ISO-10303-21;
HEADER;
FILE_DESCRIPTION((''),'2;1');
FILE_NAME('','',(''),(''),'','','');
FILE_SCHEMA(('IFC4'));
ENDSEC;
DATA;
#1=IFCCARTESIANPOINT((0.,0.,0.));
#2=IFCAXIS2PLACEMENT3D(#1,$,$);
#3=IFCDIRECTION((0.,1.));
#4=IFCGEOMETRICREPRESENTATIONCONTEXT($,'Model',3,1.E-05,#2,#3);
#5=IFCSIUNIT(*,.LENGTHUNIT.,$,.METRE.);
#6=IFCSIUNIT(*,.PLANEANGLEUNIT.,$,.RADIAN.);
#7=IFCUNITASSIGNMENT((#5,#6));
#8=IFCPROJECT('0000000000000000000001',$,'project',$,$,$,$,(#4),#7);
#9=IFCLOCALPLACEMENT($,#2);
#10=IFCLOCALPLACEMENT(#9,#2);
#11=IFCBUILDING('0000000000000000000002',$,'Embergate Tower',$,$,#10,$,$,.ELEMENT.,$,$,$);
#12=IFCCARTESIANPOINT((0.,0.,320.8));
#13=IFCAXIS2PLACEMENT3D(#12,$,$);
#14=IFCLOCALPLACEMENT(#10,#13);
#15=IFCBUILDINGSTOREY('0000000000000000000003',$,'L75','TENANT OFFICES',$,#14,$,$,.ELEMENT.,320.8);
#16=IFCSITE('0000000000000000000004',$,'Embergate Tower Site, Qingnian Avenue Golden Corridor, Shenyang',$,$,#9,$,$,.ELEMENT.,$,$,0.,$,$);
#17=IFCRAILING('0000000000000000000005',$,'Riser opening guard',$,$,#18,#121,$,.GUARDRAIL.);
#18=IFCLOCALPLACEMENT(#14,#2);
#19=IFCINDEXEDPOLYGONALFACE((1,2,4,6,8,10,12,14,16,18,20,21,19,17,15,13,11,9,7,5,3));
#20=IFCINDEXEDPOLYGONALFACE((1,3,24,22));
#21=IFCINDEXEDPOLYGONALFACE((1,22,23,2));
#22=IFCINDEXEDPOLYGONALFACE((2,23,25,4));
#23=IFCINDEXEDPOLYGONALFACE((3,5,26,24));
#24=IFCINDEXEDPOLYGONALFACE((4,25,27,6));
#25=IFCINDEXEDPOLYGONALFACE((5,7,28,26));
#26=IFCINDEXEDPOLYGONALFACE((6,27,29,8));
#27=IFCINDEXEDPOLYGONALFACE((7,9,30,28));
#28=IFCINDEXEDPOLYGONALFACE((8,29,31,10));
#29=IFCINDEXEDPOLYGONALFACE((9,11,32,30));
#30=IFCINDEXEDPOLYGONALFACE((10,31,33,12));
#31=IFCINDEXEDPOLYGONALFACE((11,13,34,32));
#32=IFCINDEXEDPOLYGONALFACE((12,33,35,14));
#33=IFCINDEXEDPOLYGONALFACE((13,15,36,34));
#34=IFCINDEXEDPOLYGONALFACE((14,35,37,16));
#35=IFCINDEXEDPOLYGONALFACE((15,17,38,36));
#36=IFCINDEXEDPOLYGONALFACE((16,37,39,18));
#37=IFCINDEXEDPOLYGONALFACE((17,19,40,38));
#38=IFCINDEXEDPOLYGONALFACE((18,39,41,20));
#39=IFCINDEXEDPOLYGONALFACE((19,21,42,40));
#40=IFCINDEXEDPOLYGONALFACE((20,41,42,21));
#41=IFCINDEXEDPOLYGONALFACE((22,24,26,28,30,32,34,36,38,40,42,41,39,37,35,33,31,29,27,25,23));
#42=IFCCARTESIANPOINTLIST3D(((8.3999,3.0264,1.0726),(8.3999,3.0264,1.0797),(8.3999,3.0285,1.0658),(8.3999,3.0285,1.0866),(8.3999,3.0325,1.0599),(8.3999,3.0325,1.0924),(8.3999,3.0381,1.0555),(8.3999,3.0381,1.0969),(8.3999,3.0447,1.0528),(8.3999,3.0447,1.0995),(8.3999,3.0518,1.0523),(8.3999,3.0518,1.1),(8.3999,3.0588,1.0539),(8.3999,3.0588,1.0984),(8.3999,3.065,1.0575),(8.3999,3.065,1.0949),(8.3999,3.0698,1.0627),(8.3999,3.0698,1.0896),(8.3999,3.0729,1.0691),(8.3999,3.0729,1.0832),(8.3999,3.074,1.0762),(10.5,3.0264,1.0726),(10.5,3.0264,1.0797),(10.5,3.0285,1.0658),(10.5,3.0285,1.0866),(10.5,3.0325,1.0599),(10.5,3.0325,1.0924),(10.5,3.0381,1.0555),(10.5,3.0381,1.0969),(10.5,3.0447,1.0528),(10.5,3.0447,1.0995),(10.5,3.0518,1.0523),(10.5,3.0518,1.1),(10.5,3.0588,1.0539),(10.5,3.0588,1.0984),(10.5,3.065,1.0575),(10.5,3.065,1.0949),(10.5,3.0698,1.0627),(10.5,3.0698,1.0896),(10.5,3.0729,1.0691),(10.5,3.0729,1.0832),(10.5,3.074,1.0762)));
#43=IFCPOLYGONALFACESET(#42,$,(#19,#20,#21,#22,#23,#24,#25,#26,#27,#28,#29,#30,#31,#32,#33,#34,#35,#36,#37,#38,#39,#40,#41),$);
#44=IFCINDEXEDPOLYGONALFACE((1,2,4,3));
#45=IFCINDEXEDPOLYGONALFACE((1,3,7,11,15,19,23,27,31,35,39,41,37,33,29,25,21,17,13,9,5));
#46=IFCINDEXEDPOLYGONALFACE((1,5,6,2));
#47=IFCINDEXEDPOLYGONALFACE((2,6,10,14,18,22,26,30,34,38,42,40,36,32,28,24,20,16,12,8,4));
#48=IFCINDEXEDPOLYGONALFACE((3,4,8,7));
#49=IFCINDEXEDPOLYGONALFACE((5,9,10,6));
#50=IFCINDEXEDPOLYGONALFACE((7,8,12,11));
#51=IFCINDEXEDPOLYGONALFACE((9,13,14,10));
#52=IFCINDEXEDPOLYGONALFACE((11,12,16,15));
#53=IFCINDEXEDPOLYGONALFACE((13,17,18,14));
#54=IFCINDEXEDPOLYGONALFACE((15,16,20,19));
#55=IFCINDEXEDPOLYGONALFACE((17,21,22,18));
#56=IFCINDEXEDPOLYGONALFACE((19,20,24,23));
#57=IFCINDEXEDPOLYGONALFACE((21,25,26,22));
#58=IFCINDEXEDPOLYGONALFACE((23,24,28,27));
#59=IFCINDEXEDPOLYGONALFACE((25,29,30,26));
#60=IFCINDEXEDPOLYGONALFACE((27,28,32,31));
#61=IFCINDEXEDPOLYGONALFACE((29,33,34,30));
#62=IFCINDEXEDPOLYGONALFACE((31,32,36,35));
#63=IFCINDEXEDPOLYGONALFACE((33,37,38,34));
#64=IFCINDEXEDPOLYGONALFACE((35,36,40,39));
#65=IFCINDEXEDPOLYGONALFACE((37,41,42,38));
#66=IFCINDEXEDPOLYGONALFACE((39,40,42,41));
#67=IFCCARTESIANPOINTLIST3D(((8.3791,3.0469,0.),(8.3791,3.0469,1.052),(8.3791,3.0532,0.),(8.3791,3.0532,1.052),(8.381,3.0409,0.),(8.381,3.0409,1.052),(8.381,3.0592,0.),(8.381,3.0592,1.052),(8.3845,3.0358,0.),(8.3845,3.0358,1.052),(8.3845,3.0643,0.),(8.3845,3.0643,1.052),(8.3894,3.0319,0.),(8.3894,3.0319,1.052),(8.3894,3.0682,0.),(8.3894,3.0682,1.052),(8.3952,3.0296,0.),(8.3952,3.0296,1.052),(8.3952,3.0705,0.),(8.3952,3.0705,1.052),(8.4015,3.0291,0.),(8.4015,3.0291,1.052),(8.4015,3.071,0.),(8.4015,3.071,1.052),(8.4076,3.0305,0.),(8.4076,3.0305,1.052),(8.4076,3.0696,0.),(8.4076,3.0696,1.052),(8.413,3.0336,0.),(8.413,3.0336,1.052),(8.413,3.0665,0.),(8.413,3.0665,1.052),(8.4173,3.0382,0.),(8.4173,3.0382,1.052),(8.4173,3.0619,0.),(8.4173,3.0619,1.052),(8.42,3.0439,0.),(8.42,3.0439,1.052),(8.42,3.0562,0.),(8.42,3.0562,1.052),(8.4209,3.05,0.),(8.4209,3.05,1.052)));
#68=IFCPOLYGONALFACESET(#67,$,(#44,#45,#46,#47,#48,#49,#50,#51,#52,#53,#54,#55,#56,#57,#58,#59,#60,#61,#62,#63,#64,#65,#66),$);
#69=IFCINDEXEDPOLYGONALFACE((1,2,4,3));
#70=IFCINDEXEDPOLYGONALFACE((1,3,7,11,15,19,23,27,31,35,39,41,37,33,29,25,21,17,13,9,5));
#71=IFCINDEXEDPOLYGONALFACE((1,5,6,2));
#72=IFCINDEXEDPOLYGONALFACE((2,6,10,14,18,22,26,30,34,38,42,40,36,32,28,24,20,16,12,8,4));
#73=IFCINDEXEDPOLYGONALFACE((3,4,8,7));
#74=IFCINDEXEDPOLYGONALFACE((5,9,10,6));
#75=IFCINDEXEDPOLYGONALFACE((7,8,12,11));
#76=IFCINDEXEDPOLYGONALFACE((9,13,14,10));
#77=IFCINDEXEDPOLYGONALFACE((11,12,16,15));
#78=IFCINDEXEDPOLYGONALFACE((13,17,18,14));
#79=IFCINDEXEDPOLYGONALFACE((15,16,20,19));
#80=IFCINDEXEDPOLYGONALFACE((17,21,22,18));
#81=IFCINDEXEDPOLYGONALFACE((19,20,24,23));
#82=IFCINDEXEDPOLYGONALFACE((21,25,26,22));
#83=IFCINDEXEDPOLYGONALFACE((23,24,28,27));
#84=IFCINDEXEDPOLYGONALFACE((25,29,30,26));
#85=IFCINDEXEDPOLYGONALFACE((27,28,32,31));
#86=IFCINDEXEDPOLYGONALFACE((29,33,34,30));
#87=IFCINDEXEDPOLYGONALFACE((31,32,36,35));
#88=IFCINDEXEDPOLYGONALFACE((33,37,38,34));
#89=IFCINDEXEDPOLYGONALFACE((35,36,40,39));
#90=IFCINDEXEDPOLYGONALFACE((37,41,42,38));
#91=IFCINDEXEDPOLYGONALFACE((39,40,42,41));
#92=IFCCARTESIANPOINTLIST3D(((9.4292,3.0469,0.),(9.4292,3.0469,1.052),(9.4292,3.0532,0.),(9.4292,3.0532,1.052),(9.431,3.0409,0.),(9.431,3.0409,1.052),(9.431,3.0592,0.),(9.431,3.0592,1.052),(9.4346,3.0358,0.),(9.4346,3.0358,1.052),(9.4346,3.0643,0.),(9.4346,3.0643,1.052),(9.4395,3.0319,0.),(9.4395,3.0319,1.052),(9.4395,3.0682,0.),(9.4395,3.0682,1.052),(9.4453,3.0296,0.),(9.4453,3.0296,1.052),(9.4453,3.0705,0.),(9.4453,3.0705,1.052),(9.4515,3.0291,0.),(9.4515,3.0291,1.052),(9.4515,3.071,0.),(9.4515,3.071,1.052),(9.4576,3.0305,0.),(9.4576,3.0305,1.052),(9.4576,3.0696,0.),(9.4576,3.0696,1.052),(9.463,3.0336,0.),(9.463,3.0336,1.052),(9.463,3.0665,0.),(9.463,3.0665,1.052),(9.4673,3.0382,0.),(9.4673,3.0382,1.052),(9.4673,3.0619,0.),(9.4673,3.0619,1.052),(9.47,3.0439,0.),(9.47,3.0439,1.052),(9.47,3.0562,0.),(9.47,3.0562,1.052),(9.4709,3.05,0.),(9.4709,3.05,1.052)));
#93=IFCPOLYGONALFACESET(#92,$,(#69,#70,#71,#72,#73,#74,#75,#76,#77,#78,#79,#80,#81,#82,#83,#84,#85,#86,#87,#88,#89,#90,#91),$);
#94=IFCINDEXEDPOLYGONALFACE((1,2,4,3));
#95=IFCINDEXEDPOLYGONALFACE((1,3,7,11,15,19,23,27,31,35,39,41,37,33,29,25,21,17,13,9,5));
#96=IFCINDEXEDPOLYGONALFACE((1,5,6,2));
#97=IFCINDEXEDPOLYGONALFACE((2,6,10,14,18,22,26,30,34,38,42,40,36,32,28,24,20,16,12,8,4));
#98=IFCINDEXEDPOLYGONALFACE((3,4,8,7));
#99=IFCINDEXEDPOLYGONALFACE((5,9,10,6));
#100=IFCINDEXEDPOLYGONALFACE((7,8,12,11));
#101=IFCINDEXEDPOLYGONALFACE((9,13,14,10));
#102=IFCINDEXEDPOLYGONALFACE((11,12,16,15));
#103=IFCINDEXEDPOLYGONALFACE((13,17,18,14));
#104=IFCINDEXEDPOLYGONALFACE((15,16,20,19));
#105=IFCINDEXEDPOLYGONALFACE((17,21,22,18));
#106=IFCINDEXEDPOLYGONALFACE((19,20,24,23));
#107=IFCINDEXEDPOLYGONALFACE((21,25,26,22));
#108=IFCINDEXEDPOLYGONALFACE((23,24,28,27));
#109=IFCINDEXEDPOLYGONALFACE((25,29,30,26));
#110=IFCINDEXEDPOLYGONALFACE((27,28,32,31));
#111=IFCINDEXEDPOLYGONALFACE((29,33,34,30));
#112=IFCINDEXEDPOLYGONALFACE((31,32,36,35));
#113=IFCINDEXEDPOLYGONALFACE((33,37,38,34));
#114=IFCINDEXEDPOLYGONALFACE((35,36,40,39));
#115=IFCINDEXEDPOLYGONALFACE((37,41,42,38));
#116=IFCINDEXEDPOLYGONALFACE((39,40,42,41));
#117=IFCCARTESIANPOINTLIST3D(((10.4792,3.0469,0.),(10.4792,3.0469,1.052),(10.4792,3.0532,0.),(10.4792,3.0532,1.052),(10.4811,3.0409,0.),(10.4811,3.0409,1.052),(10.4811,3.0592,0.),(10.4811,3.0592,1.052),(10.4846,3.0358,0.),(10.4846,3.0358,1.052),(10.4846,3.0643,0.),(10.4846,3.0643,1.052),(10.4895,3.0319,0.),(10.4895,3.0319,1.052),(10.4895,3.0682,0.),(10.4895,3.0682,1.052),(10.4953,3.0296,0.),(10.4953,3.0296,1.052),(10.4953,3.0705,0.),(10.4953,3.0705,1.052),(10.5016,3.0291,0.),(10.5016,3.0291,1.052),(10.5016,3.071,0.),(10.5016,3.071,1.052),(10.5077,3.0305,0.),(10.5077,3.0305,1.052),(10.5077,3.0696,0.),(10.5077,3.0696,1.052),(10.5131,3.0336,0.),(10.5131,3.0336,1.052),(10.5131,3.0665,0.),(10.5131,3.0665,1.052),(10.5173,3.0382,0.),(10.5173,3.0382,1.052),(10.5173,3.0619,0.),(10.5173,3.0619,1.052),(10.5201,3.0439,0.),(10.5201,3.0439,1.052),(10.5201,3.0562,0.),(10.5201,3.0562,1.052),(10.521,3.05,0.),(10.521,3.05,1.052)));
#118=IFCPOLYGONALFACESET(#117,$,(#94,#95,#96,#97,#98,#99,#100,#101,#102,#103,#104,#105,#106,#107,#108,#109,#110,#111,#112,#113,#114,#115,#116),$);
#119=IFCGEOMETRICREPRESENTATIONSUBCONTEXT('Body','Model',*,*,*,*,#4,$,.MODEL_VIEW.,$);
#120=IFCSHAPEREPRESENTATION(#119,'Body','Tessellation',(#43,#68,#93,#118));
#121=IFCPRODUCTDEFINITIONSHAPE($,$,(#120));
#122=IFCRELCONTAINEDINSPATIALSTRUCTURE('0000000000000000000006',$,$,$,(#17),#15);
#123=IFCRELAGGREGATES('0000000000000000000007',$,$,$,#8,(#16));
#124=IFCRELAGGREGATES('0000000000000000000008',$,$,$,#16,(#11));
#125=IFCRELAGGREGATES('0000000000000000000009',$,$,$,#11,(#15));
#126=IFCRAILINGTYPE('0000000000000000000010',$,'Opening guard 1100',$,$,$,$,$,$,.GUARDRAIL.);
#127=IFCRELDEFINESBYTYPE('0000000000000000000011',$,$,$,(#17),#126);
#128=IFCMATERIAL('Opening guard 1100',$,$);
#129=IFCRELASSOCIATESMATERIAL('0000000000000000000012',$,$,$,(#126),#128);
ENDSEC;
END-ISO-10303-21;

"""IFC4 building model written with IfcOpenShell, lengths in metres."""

from ifc_helpers import new_model, si_unit, direction, frame, origin, origin_2d, place, context, subcontext, project, spatial, circle, extrude, source, transform, mapped, material, type_object, element, save


model = new_model("IFC4")

# Units and contexts
model_context = context("Model", 3, precision=1e-05, world=origin(), true_north=direction((0.0, 1.0)))
body_context = subcontext(model_context, "Body", "Model", "MODEL_VIEW")
ifc_project = project(units=[si_unit("LENGTHUNIT", "METRE"), si_unit("PLANEANGLEUNIT", "RADIAN")], contexts=[model_context])

# Site, building, storey
site_placement = place(None, origin())
site = spatial("IfcSite", under=ifc_project, at=site_placement, Name="Embergate Tower Site, Qingnian Avenue Golden Corridor, Shenyang", CompositionType="ELEMENT", RefElevation=0.0)
building_placement = place(site_placement, origin())
building = spatial("IfcBuilding", under=site, at=building_placement, Name="Embergate Tower", CompositionType="ELEMENT")
storey_placement = place(building_placement, frame((0.0, 0.0, 320.8)))
storey = spatial("IfcBuildingStorey", under=building, at=storey_placement, Name="L75", Description="TENANT OFFICES", CompositionType="ELEMENT", Elevation=320.8)

# Railing
ifc_material_1 = material(Name="Opening guard 1100")
railing_type = type_object("IfcRailingType", Name="Opening guard 1100", PredefinedType="GUARDRAIL", material=ifc_material_1)
shared_shape_1 = source(origin(), body_context, "Body", "SweptSolid", [
    extrude(circle(Radius=0.0239, at=origin_2d()), frame((0.0, 0.0, 1.0762), z_axis=(1.0, 0.0, 0.0), x_axis=(0.0, 1.0, 0.0)), (0.0, 0.0, 1.0), 2.1001),
    extrude(circle(Radius=0.021, at=origin_2d()), origin(), (0.0, 0.0, 1.0), 1.052),
    extrude(circle(Radius=0.021, at=origin_2d()), frame((1.05, 0.0, 0.0)), (0.0, 0.0, 1.0), 1.052),
    extrude(circle(Radius=0.021, at=origin_2d()), frame((2.1001, 0.0, 0.0)), (0.0, 0.0, 1.0), 1.052),
])
railing_1_placement = place(storey_placement, frame((8.3999, 3.05, 0.0)))
element("IfcRailing", 1, at=railing_1_placement, inside=storey, type_object=railing_type, Name="Riser opening guard", PredefinedType="GUARDRAIL", context=body_context, shape_type="MappedRepresentation", body=[
    mapped(shared_shape_1, transform((0.0, 0.0, 0.0))),
])

save(model, "model.ifc")
